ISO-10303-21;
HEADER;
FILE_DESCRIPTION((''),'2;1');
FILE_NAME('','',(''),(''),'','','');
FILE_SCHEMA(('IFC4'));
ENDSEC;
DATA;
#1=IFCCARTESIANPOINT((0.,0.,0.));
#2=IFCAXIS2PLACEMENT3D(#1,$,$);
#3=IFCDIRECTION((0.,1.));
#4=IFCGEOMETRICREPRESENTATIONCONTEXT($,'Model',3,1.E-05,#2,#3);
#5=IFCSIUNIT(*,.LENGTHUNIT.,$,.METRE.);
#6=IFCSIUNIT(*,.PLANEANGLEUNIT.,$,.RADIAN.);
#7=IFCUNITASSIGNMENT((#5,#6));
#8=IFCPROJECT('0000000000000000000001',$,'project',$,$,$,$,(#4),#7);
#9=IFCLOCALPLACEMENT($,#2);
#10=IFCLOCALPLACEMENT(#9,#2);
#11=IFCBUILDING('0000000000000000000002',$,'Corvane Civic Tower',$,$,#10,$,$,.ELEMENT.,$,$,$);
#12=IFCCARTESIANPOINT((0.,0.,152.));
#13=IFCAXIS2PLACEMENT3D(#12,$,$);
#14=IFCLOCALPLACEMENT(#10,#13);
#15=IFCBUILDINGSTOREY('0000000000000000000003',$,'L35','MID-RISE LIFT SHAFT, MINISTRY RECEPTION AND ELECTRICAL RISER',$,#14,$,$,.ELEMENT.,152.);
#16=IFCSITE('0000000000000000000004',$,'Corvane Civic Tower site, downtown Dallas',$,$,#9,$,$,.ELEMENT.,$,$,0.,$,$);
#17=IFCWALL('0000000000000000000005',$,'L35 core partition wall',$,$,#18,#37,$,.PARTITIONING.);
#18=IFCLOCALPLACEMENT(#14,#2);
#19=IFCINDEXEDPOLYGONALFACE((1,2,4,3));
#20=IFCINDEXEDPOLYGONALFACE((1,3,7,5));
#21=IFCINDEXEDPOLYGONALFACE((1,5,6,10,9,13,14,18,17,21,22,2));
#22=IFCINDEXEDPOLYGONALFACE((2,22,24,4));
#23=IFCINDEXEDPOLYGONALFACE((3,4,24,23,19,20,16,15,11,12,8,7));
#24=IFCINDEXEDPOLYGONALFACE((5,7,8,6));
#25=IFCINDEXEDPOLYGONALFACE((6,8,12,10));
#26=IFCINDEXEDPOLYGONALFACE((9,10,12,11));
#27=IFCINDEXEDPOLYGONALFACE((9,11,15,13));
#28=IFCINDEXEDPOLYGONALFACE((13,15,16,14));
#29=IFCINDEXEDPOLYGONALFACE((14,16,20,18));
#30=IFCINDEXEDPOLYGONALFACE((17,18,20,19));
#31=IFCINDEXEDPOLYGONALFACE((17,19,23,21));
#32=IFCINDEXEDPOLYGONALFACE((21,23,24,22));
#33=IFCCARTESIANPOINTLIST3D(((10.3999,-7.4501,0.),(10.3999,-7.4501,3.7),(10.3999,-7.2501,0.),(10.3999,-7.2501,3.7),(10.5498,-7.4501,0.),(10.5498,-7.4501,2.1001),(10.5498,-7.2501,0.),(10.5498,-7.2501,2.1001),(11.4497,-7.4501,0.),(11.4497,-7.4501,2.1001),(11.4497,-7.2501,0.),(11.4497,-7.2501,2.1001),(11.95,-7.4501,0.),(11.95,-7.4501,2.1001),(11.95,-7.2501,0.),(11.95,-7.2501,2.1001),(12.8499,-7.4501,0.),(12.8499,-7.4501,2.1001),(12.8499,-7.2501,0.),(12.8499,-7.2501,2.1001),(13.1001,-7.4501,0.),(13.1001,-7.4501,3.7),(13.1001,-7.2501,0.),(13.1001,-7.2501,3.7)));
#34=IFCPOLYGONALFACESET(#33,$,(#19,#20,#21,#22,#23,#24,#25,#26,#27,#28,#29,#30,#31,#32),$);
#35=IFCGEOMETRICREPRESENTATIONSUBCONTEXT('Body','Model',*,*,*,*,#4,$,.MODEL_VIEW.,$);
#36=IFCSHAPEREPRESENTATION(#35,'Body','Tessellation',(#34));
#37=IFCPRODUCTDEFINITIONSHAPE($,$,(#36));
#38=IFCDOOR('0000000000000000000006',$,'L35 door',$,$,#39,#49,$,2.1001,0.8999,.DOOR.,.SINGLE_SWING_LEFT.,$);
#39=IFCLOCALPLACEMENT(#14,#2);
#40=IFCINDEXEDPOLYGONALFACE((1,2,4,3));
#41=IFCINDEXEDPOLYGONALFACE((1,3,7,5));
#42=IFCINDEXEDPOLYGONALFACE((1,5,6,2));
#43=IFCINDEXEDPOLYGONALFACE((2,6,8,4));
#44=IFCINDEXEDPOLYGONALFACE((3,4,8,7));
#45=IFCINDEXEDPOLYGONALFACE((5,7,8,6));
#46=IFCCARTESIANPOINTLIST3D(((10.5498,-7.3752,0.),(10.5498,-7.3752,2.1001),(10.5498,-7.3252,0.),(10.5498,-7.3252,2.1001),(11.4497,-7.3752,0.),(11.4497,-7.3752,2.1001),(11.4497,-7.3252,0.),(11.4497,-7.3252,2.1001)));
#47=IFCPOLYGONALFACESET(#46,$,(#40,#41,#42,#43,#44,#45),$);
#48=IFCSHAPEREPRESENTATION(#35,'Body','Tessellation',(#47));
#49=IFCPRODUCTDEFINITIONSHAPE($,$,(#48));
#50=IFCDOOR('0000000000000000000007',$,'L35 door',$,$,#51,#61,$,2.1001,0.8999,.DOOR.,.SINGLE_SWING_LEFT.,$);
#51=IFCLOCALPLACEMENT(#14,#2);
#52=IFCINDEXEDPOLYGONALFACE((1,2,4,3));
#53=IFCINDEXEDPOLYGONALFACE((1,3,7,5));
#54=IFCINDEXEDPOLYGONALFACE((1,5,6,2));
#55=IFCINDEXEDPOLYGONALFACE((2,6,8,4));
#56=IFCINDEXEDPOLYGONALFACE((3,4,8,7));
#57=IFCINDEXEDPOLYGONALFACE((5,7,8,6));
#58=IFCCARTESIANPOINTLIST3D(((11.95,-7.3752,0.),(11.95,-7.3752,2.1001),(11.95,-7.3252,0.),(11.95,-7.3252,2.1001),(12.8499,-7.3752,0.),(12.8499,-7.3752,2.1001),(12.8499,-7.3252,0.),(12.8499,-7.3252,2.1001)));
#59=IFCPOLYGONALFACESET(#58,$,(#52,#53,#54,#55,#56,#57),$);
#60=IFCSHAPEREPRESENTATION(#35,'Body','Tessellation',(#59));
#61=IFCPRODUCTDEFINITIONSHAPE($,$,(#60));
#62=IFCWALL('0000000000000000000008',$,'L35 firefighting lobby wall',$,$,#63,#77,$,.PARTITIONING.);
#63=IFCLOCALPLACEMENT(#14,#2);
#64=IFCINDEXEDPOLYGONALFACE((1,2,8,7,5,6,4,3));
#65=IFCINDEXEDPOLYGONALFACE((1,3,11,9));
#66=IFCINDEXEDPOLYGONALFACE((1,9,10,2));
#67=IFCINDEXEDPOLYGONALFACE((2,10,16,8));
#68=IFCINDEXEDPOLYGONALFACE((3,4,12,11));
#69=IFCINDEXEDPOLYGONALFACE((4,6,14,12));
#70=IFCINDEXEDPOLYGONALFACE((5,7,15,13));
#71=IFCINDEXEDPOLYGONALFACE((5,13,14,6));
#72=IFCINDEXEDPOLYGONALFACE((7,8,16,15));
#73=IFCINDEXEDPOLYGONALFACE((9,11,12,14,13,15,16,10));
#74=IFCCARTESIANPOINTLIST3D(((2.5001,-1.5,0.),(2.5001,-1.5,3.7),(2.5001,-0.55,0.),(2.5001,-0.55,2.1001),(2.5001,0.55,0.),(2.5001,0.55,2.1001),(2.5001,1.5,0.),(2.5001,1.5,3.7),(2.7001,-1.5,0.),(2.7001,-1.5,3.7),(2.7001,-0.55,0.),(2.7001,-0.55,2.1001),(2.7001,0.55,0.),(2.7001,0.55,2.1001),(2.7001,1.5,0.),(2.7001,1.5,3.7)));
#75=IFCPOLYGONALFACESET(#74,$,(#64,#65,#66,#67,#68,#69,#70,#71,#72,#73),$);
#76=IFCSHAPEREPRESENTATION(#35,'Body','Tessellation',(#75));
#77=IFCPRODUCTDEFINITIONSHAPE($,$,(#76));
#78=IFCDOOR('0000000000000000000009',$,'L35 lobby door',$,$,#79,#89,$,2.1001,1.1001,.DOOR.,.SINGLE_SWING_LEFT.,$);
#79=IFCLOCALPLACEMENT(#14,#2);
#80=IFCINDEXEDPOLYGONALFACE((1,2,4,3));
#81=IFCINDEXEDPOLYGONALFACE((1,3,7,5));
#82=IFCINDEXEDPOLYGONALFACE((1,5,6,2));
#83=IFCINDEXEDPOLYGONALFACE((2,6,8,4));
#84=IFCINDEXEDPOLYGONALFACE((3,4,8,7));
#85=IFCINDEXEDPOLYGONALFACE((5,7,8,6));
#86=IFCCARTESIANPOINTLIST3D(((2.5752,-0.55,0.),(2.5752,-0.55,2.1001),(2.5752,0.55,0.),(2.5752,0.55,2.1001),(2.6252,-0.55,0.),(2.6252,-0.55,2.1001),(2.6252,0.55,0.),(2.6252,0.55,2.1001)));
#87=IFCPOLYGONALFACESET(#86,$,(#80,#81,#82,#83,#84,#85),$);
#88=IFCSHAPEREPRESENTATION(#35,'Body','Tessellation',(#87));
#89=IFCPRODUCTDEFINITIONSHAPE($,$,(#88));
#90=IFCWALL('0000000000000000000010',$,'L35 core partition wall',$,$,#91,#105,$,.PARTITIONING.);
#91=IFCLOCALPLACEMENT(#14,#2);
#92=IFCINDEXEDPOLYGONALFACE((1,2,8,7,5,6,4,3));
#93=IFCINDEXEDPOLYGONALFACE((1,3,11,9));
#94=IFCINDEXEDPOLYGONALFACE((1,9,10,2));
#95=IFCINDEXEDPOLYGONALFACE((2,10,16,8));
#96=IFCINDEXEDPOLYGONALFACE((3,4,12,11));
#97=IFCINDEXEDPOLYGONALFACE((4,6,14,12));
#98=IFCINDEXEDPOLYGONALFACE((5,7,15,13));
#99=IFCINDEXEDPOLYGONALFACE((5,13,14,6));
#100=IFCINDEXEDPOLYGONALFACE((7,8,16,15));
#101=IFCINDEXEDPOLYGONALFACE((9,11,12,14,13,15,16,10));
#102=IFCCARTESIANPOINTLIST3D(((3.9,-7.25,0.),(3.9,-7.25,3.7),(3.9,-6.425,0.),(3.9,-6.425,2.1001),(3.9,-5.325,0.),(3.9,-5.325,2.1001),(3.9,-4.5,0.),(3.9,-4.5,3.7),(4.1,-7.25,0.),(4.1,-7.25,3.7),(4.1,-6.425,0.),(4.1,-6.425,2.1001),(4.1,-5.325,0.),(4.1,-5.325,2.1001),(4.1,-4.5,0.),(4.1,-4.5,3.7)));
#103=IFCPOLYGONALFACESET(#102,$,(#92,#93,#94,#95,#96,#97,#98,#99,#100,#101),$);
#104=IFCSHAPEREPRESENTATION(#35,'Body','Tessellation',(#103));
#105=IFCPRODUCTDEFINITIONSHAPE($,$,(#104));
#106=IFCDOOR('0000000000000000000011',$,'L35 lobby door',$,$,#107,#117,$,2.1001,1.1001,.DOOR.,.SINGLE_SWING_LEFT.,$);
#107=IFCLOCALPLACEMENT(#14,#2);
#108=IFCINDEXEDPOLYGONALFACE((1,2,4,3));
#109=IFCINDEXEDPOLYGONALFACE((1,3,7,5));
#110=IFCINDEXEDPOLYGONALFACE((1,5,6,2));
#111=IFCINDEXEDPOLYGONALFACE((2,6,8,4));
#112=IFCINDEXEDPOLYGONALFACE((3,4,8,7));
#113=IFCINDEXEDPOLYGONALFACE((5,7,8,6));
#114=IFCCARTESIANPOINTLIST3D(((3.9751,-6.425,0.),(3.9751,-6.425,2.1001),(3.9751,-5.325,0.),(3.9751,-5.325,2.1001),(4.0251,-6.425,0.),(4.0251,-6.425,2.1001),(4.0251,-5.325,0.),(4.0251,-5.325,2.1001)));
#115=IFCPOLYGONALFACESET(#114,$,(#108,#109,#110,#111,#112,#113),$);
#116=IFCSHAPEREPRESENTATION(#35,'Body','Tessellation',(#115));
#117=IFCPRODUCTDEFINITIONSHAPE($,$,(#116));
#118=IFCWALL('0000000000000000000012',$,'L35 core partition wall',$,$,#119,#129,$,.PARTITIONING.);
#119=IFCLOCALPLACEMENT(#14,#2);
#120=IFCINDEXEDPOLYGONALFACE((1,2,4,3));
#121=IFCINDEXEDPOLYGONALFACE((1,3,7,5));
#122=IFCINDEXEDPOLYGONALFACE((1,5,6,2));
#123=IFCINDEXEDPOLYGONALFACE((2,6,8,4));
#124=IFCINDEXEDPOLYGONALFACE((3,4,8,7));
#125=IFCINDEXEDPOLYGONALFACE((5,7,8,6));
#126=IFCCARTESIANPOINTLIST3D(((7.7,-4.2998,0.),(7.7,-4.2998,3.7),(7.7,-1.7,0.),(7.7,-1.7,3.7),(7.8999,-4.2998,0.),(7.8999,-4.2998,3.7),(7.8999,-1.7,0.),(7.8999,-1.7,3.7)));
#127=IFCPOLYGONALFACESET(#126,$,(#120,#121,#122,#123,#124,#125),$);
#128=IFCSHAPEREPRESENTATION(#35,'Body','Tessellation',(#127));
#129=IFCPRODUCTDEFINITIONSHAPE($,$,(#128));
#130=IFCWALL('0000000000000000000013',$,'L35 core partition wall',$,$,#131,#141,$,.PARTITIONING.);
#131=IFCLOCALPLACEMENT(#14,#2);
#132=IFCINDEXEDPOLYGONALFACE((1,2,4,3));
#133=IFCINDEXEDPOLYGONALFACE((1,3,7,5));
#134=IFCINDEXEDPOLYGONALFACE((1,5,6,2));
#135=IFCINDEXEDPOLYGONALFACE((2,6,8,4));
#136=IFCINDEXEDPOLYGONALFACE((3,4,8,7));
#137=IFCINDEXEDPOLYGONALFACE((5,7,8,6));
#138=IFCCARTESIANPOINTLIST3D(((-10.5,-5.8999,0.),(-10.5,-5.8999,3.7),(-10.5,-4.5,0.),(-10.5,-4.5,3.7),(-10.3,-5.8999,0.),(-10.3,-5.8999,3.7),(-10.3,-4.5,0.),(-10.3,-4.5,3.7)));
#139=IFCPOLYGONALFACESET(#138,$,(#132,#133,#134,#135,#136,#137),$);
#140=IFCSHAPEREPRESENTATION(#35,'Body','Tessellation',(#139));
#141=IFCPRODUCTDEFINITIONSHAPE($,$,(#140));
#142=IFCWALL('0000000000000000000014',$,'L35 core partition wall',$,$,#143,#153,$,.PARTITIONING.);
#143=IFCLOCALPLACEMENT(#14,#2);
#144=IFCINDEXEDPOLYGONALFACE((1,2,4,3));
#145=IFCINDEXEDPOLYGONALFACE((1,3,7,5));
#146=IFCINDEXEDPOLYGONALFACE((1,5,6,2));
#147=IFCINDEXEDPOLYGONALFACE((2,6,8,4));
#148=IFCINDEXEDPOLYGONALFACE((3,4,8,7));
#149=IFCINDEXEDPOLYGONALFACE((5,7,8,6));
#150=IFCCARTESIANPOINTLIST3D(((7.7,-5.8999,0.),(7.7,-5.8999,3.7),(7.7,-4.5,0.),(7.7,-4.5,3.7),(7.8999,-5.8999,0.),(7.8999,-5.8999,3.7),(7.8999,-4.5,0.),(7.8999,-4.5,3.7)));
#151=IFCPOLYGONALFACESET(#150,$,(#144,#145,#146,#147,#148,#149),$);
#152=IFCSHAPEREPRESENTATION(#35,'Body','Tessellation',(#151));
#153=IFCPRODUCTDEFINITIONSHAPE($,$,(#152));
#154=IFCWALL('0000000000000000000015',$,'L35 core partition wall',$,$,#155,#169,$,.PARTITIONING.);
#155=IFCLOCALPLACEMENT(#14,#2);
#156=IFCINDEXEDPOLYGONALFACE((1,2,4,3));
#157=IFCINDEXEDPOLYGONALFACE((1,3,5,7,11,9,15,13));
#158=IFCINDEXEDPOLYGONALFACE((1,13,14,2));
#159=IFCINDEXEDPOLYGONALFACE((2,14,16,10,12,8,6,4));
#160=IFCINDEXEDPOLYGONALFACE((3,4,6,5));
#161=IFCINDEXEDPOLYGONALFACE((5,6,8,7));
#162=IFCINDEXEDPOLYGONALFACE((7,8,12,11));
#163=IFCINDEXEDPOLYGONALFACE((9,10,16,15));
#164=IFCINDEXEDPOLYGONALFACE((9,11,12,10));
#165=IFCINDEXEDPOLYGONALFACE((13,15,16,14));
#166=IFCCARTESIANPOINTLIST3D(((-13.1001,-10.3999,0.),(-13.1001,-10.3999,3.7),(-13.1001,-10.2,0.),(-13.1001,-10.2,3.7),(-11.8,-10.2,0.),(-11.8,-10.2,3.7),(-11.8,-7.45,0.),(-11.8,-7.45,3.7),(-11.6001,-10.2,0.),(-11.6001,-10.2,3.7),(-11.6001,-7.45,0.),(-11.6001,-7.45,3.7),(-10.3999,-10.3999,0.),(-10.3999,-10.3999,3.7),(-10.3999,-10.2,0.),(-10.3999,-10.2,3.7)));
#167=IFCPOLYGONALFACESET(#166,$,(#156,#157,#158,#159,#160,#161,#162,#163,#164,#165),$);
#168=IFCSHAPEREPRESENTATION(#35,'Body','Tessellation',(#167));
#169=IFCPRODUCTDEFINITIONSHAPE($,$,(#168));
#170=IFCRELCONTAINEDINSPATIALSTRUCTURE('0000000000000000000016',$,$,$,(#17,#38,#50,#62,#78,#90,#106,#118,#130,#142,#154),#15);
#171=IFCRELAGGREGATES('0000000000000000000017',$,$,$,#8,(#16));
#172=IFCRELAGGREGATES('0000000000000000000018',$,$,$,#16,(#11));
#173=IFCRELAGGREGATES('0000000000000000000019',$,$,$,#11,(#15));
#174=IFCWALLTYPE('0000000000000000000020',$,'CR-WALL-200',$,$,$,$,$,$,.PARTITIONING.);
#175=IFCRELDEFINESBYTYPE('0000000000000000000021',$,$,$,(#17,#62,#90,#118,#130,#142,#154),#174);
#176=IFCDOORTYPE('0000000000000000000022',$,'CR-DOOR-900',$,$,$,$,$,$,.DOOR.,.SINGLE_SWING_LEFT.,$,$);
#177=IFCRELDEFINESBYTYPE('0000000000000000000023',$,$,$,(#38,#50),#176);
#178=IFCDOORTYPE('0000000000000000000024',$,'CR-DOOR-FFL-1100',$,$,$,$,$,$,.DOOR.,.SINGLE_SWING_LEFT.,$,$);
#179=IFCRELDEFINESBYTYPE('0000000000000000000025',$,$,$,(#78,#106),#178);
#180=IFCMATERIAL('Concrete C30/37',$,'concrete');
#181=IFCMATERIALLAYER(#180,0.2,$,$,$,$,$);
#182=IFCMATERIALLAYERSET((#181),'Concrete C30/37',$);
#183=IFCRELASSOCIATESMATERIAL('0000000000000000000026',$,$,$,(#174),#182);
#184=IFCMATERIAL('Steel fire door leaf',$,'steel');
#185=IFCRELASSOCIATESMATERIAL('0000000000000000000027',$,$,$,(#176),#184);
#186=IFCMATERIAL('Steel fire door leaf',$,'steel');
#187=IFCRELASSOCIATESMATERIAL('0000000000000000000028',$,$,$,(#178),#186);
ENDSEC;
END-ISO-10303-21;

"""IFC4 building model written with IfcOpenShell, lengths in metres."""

from ifc_helpers import new_model, si_unit, direction, frame, frame_2d, origin, place, context, subcontext, project, spatial, polyline, rectangle, outline, extrude, material, layer, layer_set, type_object, element, fill, save


model = new_model("IFC4")

# Units and contexts
model_context = context("Model", 3, precision=1e-05, world=origin(), true_north=direction((0.0, 1.0)))
body_context = subcontext(model_context, "Body", "Model", "MODEL_VIEW")
ifc_project = project(units=[si_unit("LENGTHUNIT", "METRE"), si_unit("PLANEANGLEUNIT", "RADIAN")], contexts=[model_context])

# Site, building, storey
site_placement = place(None, origin())
site = spatial("IfcSite", under=ifc_project, at=site_placement, Name="Corvane Civic Tower site, downtown Dallas", CompositionType="ELEMENT", RefElevation=0.0)
building_placement = place(site_placement, origin())
building = spatial("IfcBuilding", under=site, at=building_placement, Name="Corvane Civic Tower", CompositionType="ELEMENT")
storey_placement = place(building_placement, frame((0.0, 0.0, 152.0)))
storey = spatial("IfcBuildingStorey", under=building, at=storey_placement, Name="L35", Description="MID-RISE LIFT SHAFT, MINISTRY RECEPTION AND ELECTRICAL RISER", CompositionType="ELEMENT", Elevation=152.0)

# Wall, openings, doors
ifc_material_1 = material(Name="Concrete C30/37", Category="concrete")
ifc_layer_1 = layer(ifc_material_1, 0.2)
ifc_layer_set_1 = layer_set([ifc_layer_1], Name="Concrete C30/37")
wall_type_1 = type_object("IfcWallType", Name="CR-WALL-200", PredefinedType="PARTITIONING", material=ifc_layer_set_1)
wall_1_placement = place(storey_placement, frame((10.3999, -7.3501, 0.0), z_axis=(0.0, 0.0, 1.0), x_axis=(1.0, 0.0, 0.0)))
wall_1 = element("IfcWall", 1, at=wall_1_placement, inside=storey, type_object=wall_type_1, Name="L35 core partition wall", PredefinedType="PARTITIONING", context=body_context, shape_type="SweptSolid", body=[
    extrude(rectangle(XDim=2.7002, YDim=0.2, at=frame_2d((1.3501, 0.0))), origin(), (0.0, 0.0, 1.0), 3.7),
])
opening_1_placement = place(wall_1_placement, frame((0.1499, 0.0, 0.0)))
opening_1 = element("IfcOpeningElement", 2, at=opening_1_placement, cuts=wall_1, PredefinedType="OPENING", context=body_context, shape_type="SweptSolid", body=[
    extrude(rectangle(XDim=0.8999, YDim=2.1001, at=frame_2d((0.45, 1.05))), frame((0.0, 0.1099, 0.0), z_axis=(0.0, -1.0, 0.0), x_axis=(1.0, 0.0, 0.0)), (0.0, 0.0, 1.0), 0.22),
])
opening_2_placement = place(wall_1_placement, frame((1.55, 0.0, 0.0)))
opening_2 = element("IfcOpeningElement", 3, at=opening_2_placement, cuts=wall_1, PredefinedType="OPENING", context=body_context, shape_type="SweptSolid", body=[
    extrude(rectangle(XDim=0.8999, YDim=2.1001, at=frame_2d((0.45, 1.05))), frame((0.0, 0.1099, 0.0), z_axis=(0.0, -1.0, 0.0), x_axis=(1.0, 0.0, 0.0)), (0.0, 0.0, 1.0), 0.22),
])
ifc_material_2 = material(Name="Steel fire door leaf", Category="steel")
door_type_1 = type_object("IfcDoorType", Name="CR-DOOR-900", OperationType="SINGLE_SWING_LEFT", PredefinedType="DOOR", material=ifc_material_2)
door_1_placement = place(opening_1_placement, origin())
door_1 = element("IfcDoor", 4, at=door_1_placement, inside=storey, type_object=door_type_1, Name="L35 door", OperationType="SINGLE_SWING_LEFT", OverallHeight=2.1001, OverallWidth=0.8999, PredefinedType="DOOR", context=body_context, shape_type="SweptSolid", body=[
    extrude(rectangle(XDim=0.8999, YDim=2.1001, at=frame_2d((0.45, 1.05))), frame((0.0, 0.0249, 0.0), z_axis=(0.0, -1.0, 0.0), x_axis=(1.0, 0.0, 0.0)), (0.0, 0.0, 1.0), 0.05),
])
fill(opening_1, door_1)
door_2_placement = place(opening_2_placement, origin())
door_2 = element("IfcDoor", 5, at=door_2_placement, inside=storey, type_object=door_type_1, Name="L35 door", OperationType="SINGLE_SWING_LEFT", OverallHeight=2.1001, OverallWidth=0.8999, PredefinedType="DOOR", context=body_context, shape_type="SweptSolid", body=[
    extrude(rectangle(XDim=0.8999, YDim=2.1001, at=frame_2d((0.45, 1.05))), frame((0.0, 0.0249, 0.0), z_axis=(0.0, -1.0, 0.0), x_axis=(1.0, 0.0, 0.0)), (0.0, 0.0, 1.0), 0.05),
])
fill(opening_2, door_2)

# Walls, openings, doors
wall_2_placement = place(storey_placement, frame((2.6001, -1.5, 0.0), z_axis=(0.0, 0.0, 1.0), x_axis=(0.0, 1.0, 0.0)))
wall_2 = element("IfcWall", 6, at=wall_2_placement, inside=storey, type_object=wall_type_1, Name="L35 firefighting lobby wall", PredefinedType="PARTITIONING", context=body_context, shape_type="SweptSolid", body=[
    extrude(rectangle(XDim=3.0, YDim=0.2, at=frame_2d((1.5, 0.0))), origin(), (0.0, 0.0, 1.0), 3.7),
])
opening_3_placement = place(wall_2_placement, frame((0.95, 0.0, 0.0)))
opening_3 = element("IfcOpeningElement", 7, at=opening_3_placement, cuts=wall_2, PredefinedType="OPENING", context=body_context, shape_type="SweptSolid", body=[
    extrude(rectangle(XDim=1.1001, YDim=2.1001, at=frame_2d((0.55, 1.05))), frame((0.0, 0.1099, 0.0), z_axis=(0.0, -1.0, 0.0), x_axis=(1.0, 0.0, 0.0)), (0.0, 0.0, 1.0), 0.22),
])
ifc_material_3 = material(Name="Steel fire door leaf", Category="steel")
door_type_2 = type_object("IfcDoorType", Name="CR-DOOR-FFL-1100", OperationType="SINGLE_SWING_LEFT", PredefinedType="DOOR", material=ifc_material_3)
door_3_placement = place(opening_3_placement, origin())
door_3 = element("IfcDoor", 8, at=door_3_placement, inside=storey, type_object=door_type_2, Name="L35 lobby door", OperationType="SINGLE_SWING_LEFT", OverallHeight=2.1001, OverallWidth=1.1001, PredefinedType="DOOR", context=body_context, shape_type="SweptSolid", body=[
    extrude(rectangle(XDim=1.1001, YDim=2.1001, at=frame_2d((0.55, 1.05))), frame((0.0, 0.0249, 0.0), z_axis=(0.0, -1.0, 0.0), x_axis=(1.0, 0.0, 0.0)), (0.0, 0.0, 1.0), 0.05),
])
fill(opening_3, door_3)
wall_3_placement = place(storey_placement, frame((4.0, -7.25, 0.0), z_axis=(0.0, 0.0, 1.0), x_axis=(0.0, 1.0, 0.0)))
wall_3 = element("IfcWall", 9, at=wall_3_placement, inside=storey, type_object=wall_type_1, Name="L35 core partition wall", PredefinedType="PARTITIONING", context=body_context, shape_type="SweptSolid", body=[
    extrude(rectangle(XDim=2.75, YDim=0.2, at=frame_2d((1.375, 0.0))), origin(), (0.0, 0.0, 1.0), 3.7),
])
opening_4_placement = place(wall_3_placement, frame((0.825, 0.0, 0.0)))
opening_4 = element("IfcOpeningElement", 10, at=opening_4_placement, cuts=wall_3, PredefinedType="OPENING", context=body_context, shape_type="SweptSolid", body=[
    extrude(rectangle(XDim=1.1001, YDim=2.1001, at=frame_2d((0.55, 1.05))), frame((0.0, 0.1099, 0.0), z_axis=(0.0, -1.0, 0.0), x_axis=(1.0, 0.0, 0.0)), (0.0, 0.0, 1.0), 0.22),
])
door_4_placement = place(opening_4_placement, origin())
door_4 = element("IfcDoor", 11, at=door_4_placement, inside=storey, type_object=door_type_2, Name="L35 lobby door", OperationType="SINGLE_SWING_LEFT", OverallHeight=2.1001, OverallWidth=1.1001, PredefinedType="DOOR", context=body_context, shape_type="SweptSolid", body=[
    extrude(rectangle(XDim=1.1001, YDim=2.1001, at=frame_2d((0.55, 1.05))), frame((0.0, 0.0249, 0.0), z_axis=(0.0, -1.0, 0.0), x_axis=(1.0, 0.0, 0.0)), (0.0, 0.0, 1.0), 0.05),
])
fill(opening_4, door_4)

# Walls
wall_4_placement = place(storey_placement, origin())
element("IfcWall", 12, at=wall_4_placement, inside=storey, type_object=wall_type_1, Name="L35 core partition wall", PredefinedType="PARTITIONING", context=body_context, shape_type="SweptSolid", body=[
    extrude(outline(polyline([(7.8999, -1.7), (7.8999, -4.2998), (7.7, -4.2998), (7.7, -1.7), (7.8999, -1.7)])), origin(), (0.0, 0.0, 1.0), 3.7),
])
wall_5_placement = place(storey_placement, origin())
element("IfcWall", 13, at=wall_5_placement, inside=storey, type_object=wall_type_1, Name="L35 core partition wall", PredefinedType="PARTITIONING", context=body_context, shape_type="SweptSolid", body=[
    extrude(outline(polyline([(-10.3, -5.8999), (-10.5, -5.8999), (-10.5, -4.5), (-10.3, -4.5), (-10.3, -5.8999)])), origin(), (0.0, 0.0, 1.0), 3.7),
])
wall_6_placement = place(storey_placement, origin())
element("IfcWall", 14, at=wall_6_placement, inside=storey, type_object=wall_type_1, Name="L35 core partition wall", PredefinedType="PARTITIONING", context=body_context, shape_type="SweptSolid", body=[
    extrude(outline(polyline([(7.8999, -5.8999), (7.7, -5.8999), (7.7, -4.5), (7.8999, -4.5), (7.8999, -5.8999)])), origin(), (0.0, 0.0, 1.0), 3.7),
])
wall_7_placement = place(storey_placement, origin())
element("IfcWall", 15, at=wall_7_placement, inside=storey, type_object=wall_type_1, Name="L35 core partition wall", PredefinedType="PARTITIONING", context=body_context, shape_type="SweptSolid", body=[
    extrude(outline(polyline([(-11.8, -7.45), (-11.6001, -7.45), (-11.6001, -10.2), (-10.3999, -10.2), (-10.3999, -10.3999), (-13.1001, -10.3999), (-13.1001, -10.2), (-11.8, -10.2), (-11.8, -7.45)])), origin(), (0.0, 0.0, 1.0), 3.7),
])

save(model, "model.ifc")
